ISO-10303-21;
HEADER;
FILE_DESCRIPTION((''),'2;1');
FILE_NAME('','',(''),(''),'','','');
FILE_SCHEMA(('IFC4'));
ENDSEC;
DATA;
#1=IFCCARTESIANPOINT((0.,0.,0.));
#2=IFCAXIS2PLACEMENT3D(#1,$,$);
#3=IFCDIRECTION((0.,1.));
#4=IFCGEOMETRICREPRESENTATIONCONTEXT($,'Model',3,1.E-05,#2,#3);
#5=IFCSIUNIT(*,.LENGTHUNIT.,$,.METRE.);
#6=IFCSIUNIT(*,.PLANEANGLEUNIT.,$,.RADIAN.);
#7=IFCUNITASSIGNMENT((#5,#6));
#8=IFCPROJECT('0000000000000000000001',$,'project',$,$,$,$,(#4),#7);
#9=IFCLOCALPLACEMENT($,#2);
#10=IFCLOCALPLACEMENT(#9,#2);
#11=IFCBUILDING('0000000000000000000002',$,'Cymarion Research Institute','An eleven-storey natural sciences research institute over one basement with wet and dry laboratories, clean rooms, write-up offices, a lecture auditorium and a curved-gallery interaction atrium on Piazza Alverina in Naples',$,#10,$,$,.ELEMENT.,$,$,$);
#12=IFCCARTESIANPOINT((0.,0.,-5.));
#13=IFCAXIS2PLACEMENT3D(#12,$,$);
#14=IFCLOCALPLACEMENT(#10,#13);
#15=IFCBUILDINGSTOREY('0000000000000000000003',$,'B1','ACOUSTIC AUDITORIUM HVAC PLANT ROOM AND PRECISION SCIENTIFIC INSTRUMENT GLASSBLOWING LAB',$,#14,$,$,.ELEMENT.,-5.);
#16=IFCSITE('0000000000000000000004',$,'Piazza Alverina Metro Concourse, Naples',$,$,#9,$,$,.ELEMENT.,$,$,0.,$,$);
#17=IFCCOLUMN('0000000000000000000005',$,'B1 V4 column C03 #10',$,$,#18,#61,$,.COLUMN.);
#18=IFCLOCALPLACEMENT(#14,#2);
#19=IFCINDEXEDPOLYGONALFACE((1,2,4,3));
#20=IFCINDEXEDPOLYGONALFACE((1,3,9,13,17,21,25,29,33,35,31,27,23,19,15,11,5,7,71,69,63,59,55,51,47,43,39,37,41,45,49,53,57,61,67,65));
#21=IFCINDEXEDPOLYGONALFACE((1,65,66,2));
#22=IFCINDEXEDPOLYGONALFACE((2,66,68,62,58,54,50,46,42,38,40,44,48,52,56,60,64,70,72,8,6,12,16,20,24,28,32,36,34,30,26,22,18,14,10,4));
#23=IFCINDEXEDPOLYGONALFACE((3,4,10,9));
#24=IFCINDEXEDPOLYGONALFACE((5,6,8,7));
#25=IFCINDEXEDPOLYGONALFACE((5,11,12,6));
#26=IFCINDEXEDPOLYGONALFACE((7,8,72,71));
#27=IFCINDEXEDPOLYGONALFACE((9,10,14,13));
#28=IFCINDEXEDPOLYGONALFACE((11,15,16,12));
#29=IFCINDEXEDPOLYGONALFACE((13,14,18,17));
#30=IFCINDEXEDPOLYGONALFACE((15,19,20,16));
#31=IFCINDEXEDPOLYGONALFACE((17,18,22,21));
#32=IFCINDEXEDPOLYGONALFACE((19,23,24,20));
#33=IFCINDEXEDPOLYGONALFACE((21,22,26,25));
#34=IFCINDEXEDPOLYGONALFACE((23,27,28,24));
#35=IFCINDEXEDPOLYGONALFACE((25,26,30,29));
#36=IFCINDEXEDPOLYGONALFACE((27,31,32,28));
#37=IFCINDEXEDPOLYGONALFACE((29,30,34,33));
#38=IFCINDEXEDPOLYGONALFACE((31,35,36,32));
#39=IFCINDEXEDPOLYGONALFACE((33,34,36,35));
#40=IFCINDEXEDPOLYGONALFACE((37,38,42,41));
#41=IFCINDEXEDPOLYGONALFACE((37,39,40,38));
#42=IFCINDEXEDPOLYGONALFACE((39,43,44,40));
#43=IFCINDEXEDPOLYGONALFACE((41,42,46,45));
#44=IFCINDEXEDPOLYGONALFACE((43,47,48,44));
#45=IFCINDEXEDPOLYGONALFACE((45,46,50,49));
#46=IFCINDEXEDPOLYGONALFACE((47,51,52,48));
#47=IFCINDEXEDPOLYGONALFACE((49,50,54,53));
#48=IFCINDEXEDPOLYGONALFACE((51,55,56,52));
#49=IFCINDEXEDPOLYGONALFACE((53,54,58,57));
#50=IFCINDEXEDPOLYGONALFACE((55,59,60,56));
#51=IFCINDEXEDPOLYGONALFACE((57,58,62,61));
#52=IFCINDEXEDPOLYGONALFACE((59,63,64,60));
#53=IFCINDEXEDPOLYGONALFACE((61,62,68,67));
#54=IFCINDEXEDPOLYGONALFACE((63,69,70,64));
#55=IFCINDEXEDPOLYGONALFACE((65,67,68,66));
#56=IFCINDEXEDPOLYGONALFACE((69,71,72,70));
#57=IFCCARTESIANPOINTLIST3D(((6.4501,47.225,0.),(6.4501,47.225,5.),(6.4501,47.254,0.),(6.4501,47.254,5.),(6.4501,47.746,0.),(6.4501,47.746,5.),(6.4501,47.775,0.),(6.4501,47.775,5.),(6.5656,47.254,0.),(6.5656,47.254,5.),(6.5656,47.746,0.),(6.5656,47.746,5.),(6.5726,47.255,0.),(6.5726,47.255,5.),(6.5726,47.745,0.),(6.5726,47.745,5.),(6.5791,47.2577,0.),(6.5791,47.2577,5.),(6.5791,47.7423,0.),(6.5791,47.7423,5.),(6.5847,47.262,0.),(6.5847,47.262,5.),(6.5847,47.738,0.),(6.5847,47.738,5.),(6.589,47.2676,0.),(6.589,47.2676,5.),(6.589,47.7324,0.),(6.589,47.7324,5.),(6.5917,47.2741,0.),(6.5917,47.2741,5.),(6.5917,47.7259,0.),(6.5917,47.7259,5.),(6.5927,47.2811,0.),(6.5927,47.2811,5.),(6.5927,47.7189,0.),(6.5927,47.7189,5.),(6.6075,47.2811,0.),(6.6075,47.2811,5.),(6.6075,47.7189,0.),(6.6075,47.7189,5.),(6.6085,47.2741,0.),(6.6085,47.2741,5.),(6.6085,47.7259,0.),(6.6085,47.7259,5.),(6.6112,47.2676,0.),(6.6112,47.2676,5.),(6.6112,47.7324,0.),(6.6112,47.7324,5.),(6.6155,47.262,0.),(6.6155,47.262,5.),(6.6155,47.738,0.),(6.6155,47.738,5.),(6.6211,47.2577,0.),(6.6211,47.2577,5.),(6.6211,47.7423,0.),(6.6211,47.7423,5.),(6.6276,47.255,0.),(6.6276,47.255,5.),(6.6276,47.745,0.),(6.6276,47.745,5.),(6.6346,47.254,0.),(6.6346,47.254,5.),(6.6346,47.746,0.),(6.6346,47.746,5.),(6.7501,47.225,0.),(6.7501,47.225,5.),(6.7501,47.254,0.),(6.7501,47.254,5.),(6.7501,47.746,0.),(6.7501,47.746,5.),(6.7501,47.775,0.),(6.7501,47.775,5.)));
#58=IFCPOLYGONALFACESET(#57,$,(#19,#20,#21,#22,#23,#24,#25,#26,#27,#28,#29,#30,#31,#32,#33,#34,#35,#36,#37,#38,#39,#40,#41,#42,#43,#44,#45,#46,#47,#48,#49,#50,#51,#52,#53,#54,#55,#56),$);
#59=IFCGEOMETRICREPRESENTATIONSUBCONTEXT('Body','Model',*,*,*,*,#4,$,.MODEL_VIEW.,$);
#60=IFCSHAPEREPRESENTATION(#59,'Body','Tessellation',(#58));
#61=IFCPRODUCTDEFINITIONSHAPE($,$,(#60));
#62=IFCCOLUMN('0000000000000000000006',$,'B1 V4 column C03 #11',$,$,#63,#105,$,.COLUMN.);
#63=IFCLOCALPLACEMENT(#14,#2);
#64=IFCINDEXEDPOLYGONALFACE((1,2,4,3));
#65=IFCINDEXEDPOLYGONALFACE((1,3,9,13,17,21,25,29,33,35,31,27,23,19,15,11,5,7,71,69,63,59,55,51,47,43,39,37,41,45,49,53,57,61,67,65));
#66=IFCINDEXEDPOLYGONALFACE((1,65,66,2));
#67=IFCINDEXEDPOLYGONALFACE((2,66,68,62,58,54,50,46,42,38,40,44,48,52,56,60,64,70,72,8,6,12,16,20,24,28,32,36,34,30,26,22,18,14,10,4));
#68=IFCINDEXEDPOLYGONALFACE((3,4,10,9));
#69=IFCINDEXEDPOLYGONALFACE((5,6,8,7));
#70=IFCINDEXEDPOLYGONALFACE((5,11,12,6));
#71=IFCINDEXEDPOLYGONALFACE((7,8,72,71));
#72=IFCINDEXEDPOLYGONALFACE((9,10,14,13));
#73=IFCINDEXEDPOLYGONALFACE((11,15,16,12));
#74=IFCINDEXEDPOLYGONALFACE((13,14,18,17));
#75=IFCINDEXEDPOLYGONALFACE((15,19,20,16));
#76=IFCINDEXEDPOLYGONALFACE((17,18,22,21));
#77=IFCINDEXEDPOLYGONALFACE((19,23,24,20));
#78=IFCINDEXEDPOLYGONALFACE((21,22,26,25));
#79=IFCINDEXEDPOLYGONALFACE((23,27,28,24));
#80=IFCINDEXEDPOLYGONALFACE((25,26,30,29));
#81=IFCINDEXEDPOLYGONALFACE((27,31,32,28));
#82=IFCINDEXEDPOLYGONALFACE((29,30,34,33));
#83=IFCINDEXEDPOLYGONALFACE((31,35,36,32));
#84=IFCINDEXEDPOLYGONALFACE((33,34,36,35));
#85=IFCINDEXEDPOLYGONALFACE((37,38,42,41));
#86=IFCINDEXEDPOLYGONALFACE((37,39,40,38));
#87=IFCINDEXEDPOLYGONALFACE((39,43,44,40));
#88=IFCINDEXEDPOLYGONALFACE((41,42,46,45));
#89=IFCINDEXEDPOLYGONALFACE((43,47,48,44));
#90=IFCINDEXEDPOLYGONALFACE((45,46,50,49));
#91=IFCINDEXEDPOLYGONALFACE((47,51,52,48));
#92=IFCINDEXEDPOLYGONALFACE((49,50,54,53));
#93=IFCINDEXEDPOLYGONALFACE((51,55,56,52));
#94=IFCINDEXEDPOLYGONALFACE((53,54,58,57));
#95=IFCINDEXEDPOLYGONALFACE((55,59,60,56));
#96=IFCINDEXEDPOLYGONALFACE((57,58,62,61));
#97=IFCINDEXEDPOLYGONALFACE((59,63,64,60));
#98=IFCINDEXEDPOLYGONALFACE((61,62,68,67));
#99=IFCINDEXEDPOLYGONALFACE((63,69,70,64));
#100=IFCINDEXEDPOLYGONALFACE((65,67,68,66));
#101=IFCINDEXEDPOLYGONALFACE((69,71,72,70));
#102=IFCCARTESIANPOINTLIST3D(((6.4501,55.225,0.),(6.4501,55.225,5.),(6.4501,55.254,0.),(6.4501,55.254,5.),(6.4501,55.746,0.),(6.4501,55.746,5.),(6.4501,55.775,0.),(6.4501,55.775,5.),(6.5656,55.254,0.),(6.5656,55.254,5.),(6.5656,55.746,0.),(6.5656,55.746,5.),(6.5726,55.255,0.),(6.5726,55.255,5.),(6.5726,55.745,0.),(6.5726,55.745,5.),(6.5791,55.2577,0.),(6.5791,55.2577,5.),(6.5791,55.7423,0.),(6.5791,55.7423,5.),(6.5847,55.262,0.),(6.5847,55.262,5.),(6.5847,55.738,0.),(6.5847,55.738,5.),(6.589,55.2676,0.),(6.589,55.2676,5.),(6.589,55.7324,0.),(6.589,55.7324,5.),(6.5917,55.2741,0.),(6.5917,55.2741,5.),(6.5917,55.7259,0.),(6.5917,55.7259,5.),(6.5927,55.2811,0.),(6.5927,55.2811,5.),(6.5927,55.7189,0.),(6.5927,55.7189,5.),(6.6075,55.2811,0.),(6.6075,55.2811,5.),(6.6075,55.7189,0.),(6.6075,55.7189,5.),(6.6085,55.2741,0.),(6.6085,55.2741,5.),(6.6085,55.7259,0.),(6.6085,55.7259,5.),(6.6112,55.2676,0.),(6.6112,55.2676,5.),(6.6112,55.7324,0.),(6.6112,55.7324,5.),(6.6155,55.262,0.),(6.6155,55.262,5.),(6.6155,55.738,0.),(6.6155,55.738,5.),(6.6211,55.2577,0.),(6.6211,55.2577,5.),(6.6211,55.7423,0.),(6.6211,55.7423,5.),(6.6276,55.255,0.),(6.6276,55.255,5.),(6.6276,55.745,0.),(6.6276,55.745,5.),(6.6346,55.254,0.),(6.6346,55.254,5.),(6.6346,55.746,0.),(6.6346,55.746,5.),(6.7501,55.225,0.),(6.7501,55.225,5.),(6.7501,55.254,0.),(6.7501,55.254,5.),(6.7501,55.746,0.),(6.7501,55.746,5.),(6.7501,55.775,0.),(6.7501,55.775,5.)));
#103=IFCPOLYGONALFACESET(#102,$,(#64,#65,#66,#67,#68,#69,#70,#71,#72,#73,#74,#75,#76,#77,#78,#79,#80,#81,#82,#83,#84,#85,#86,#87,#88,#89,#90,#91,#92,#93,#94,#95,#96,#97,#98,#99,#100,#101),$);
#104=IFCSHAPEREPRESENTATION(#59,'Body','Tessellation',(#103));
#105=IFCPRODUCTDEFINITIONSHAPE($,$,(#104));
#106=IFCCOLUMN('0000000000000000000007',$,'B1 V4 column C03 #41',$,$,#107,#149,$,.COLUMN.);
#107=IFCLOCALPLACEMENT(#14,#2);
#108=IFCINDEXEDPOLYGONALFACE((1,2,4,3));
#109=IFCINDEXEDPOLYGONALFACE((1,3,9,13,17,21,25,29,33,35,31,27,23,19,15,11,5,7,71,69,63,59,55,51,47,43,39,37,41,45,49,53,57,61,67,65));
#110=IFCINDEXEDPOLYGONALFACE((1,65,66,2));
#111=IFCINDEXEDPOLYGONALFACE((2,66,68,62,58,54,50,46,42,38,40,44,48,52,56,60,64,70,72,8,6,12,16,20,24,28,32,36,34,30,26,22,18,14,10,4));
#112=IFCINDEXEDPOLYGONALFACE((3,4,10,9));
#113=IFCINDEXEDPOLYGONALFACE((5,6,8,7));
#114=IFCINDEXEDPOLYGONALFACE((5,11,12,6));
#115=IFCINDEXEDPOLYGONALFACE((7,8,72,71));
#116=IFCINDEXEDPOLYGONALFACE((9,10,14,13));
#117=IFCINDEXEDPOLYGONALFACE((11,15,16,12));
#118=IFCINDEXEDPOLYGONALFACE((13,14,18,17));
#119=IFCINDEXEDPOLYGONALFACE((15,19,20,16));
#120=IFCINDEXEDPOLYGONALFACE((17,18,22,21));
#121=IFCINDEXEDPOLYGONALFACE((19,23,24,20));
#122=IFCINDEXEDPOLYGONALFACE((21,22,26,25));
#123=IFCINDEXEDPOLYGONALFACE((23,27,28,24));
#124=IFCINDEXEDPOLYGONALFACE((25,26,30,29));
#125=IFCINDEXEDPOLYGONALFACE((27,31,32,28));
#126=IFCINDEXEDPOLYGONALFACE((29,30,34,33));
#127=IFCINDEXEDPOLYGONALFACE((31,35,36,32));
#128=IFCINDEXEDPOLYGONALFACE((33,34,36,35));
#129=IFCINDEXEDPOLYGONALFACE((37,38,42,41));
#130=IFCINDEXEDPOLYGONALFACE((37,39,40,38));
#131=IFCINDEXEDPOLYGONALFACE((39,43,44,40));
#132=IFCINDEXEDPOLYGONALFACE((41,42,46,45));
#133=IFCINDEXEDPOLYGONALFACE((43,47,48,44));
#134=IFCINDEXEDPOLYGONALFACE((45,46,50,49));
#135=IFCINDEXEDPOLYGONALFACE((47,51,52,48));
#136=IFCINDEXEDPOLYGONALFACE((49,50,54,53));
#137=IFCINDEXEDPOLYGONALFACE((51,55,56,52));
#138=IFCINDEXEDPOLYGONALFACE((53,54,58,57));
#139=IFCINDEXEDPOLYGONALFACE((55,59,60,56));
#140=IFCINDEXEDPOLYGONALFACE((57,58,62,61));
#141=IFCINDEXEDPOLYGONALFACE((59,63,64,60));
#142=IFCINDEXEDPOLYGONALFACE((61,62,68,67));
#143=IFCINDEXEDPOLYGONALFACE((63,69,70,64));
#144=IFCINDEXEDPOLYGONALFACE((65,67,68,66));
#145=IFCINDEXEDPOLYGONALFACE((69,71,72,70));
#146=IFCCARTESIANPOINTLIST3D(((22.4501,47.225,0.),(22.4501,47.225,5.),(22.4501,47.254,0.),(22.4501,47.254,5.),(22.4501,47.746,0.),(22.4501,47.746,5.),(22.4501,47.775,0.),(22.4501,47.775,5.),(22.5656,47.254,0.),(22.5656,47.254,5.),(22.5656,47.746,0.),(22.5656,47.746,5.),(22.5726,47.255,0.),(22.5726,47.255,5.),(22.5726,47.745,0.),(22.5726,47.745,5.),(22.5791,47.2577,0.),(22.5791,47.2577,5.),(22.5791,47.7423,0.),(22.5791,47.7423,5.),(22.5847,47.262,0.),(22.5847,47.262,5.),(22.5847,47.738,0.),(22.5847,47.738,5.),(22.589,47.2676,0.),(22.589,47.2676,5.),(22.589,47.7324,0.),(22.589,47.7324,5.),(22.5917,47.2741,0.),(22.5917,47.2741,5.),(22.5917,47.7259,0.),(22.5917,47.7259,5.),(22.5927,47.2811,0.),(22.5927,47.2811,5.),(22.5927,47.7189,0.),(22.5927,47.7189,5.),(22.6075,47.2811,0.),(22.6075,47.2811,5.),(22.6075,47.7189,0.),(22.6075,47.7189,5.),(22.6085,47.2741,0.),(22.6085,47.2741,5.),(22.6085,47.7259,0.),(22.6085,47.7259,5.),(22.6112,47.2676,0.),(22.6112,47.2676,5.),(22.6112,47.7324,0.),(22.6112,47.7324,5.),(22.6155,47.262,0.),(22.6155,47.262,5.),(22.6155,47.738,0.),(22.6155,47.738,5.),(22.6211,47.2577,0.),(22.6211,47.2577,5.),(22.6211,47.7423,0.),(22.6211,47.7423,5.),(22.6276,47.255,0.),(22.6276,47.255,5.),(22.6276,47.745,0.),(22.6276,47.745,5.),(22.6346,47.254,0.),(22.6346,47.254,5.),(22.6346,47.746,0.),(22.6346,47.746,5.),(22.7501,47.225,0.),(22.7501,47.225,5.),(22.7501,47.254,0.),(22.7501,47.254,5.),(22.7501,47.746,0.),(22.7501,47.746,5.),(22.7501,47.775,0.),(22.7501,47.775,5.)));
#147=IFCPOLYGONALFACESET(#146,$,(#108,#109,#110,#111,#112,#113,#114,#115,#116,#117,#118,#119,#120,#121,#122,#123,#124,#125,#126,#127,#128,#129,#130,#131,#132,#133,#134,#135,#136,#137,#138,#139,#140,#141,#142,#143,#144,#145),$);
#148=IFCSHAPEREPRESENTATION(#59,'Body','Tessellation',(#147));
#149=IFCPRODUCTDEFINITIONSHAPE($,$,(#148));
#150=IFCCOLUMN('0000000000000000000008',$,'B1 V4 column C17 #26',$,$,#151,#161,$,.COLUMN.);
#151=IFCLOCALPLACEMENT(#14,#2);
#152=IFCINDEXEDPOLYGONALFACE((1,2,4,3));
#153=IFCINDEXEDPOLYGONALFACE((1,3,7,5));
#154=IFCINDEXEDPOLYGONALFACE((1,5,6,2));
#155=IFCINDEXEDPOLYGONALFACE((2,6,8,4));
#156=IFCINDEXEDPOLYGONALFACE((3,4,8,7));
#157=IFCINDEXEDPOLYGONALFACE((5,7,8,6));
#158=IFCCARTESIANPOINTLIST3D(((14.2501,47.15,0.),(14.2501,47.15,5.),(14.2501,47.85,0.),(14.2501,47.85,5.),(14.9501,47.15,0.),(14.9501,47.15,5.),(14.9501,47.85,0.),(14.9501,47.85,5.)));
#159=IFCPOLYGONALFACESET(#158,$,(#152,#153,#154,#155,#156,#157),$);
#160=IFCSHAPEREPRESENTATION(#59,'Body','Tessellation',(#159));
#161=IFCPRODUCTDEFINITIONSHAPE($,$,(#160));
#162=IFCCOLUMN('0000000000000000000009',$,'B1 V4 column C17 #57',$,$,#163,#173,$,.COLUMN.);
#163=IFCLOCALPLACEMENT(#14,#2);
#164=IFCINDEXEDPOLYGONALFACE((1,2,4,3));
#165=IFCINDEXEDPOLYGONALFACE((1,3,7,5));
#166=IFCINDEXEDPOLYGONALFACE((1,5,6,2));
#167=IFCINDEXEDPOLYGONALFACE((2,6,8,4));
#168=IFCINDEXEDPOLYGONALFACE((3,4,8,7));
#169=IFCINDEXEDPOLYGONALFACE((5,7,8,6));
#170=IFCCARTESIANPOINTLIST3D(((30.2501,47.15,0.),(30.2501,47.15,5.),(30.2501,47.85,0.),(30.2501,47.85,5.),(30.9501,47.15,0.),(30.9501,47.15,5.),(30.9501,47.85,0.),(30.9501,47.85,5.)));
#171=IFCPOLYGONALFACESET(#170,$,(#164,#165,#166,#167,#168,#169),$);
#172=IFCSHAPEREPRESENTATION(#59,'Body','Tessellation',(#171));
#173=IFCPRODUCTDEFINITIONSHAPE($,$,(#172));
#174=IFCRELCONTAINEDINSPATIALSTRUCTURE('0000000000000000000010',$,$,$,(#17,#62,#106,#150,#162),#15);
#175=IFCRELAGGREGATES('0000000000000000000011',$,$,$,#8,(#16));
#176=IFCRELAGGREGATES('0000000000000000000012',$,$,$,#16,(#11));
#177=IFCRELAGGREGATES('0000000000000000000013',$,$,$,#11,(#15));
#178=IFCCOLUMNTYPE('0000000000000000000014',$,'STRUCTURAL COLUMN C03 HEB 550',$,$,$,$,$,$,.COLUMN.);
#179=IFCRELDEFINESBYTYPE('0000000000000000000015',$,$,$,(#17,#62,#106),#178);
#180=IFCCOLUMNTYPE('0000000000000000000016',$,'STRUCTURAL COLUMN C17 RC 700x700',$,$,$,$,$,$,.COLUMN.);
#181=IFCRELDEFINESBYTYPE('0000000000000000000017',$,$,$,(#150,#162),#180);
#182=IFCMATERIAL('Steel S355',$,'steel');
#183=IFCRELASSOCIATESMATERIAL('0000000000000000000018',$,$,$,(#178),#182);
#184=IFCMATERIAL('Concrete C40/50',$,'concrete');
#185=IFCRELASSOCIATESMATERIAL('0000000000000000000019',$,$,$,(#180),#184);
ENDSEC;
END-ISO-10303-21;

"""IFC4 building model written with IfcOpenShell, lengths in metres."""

from ifc_helpers import new_model, si_unit, direction, frame, origin, origin_2d, place, context, subcontext, project, spatial, rectangle, i_section, extrude, material, material_profile, profile_set, type_object, element, save


model = new_model("IFC4")

# Units and contexts
model_context = context("Model", 3, precision=1e-05, world=origin(), true_north=direction((0.0, 1.0)))
body_context = subcontext(model_context, "Body", "Model", "MODEL_VIEW")
ifc_project = project(units=[si_unit("LENGTHUNIT", "METRE"), si_unit("PLANEANGLEUNIT", "RADIAN")], contexts=[model_context])

# Site, building, storey
site_placement = place(None, origin())
site = spatial("IfcSite", under=ifc_project, at=site_placement, Name="Piazza Alverina Metro Concourse, Naples", CompositionType="ELEMENT", RefElevation=0.0)
building_placement = place(site_placement, origin())
building = spatial("IfcBuilding", under=site, at=building_placement, Name="Cymarion Research Institute", Description="An eleven-storey natural sciences research institute over one basement with wet and dry laboratories, clean rooms, write-up offices, a lecture auditorium and a curved-gallery interaction atrium on Piazza Alverina in Naples", CompositionType="ELEMENT")
storey_placement = place(building_placement, frame((0.0, 0.0, -5.0)))
storey = spatial("IfcBuildingStorey", under=building, at=storey_placement, Name="B1", Description="ACOUSTIC AUDITORIUM HVAC PLANT ROOM AND PRECISION SCIENTIFIC INSTRUMENT GLASSBLOWING LAB", CompositionType="ELEMENT", Elevation=-5.0)

# Columns
ifc_material_1 = material(Name="Steel S355", Category="steel")
ifc_material_profile_1 = material_profile(ifc_material_1, i_section(OverallWidth=0.3, OverallDepth=0.55, WebThickness=0.0149, FlangeThickness=0.0291, FilletRadius=0.0271, at=origin_2d()), Name="HEB 550")
ifc_profile_set_1 = profile_set([ifc_material_profile_1], Name="Steel S355")
column_type_1 = type_object("IfcColumnType", Name="STRUCTURAL COLUMN C03 HEB 550", PredefinedType="COLUMN", material=ifc_profile_set_1)
for number, where, z_axis, x_axis, name in (
    (1, (6.6001, 47.5, 0.0), (0.0, 0.0, 1.0), (1.0, 0.0, 0.0), "B1 V4 column C03 #10"),
    (2, (6.6001, 55.5, 0.0), (0.0, 0.0, 1.0), (1.0, 0.0, 0.0), "B1 V4 column C03 #11"),
    (3, (22.6001, 47.5, 0.0), (0.0, 0.0, 1.0), (1.0, 0.0, 0.0), "B1 V4 column C03 #41"),
):
    element("IfcColumn", number, at=place(storey_placement, frame(where, z_axis=z_axis, x_axis=x_axis)), inside=storey, type_object=column_type_1, Name=name, PredefinedType="COLUMN", context=body_context, shape_type="SweptSolid", body=[
        extrude(i_section(OverallWidth=0.3, OverallDepth=0.55, WebThickness=0.0149, FlangeThickness=0.0291, FilletRadius=0.0271, at=origin_2d()), origin(), (0.0, 0.0, 1.0), 5.0),
    ])
ifc_material_2 = material(Name="Concrete C40/50", Category="concrete")
ifc_material_profile_2 = material_profile(ifc_material_2, rectangle(XDim=0.7, YDim=0.7, at=origin_2d()), Name="RC 700x700")
ifc_profile_set_2 = profile_set([ifc_material_profile_2], Name="Concrete C40/50")
column_type_2 = type_object("IfcColumnType", Name="STRUCTURAL COLUMN C17 RC 700x700", PredefinedType="COLUMN", material=ifc_profile_set_2)
for number, where, z_axis, x_axis, name in (
    (4, (14.6001, 47.5, 0.0), (0.0, 0.0, 1.0), (1.0, 0.0, 0.0), "B1 V4 column C17 #26"),
    (5, (30.6001, 47.5, 0.0), (0.0, 0.0, 1.0), (1.0, 0.0, 0.0), "B1 V4 column C17 #57"),
):
    element("IfcColumn", number, at=place(storey_placement, frame(where, z_axis=z_axis, x_axis=x_axis)), inside=storey, type_object=column_type_2, Name=name, PredefinedType="COLUMN", context=body_context, shape_type="SweptSolid", body=[
        extrude(rectangle(XDim=0.7, YDim=0.7, at=origin_2d()), origin(), (0.0, 0.0, 1.0), 5.0),
    ])

save(model, "model.ifc")
